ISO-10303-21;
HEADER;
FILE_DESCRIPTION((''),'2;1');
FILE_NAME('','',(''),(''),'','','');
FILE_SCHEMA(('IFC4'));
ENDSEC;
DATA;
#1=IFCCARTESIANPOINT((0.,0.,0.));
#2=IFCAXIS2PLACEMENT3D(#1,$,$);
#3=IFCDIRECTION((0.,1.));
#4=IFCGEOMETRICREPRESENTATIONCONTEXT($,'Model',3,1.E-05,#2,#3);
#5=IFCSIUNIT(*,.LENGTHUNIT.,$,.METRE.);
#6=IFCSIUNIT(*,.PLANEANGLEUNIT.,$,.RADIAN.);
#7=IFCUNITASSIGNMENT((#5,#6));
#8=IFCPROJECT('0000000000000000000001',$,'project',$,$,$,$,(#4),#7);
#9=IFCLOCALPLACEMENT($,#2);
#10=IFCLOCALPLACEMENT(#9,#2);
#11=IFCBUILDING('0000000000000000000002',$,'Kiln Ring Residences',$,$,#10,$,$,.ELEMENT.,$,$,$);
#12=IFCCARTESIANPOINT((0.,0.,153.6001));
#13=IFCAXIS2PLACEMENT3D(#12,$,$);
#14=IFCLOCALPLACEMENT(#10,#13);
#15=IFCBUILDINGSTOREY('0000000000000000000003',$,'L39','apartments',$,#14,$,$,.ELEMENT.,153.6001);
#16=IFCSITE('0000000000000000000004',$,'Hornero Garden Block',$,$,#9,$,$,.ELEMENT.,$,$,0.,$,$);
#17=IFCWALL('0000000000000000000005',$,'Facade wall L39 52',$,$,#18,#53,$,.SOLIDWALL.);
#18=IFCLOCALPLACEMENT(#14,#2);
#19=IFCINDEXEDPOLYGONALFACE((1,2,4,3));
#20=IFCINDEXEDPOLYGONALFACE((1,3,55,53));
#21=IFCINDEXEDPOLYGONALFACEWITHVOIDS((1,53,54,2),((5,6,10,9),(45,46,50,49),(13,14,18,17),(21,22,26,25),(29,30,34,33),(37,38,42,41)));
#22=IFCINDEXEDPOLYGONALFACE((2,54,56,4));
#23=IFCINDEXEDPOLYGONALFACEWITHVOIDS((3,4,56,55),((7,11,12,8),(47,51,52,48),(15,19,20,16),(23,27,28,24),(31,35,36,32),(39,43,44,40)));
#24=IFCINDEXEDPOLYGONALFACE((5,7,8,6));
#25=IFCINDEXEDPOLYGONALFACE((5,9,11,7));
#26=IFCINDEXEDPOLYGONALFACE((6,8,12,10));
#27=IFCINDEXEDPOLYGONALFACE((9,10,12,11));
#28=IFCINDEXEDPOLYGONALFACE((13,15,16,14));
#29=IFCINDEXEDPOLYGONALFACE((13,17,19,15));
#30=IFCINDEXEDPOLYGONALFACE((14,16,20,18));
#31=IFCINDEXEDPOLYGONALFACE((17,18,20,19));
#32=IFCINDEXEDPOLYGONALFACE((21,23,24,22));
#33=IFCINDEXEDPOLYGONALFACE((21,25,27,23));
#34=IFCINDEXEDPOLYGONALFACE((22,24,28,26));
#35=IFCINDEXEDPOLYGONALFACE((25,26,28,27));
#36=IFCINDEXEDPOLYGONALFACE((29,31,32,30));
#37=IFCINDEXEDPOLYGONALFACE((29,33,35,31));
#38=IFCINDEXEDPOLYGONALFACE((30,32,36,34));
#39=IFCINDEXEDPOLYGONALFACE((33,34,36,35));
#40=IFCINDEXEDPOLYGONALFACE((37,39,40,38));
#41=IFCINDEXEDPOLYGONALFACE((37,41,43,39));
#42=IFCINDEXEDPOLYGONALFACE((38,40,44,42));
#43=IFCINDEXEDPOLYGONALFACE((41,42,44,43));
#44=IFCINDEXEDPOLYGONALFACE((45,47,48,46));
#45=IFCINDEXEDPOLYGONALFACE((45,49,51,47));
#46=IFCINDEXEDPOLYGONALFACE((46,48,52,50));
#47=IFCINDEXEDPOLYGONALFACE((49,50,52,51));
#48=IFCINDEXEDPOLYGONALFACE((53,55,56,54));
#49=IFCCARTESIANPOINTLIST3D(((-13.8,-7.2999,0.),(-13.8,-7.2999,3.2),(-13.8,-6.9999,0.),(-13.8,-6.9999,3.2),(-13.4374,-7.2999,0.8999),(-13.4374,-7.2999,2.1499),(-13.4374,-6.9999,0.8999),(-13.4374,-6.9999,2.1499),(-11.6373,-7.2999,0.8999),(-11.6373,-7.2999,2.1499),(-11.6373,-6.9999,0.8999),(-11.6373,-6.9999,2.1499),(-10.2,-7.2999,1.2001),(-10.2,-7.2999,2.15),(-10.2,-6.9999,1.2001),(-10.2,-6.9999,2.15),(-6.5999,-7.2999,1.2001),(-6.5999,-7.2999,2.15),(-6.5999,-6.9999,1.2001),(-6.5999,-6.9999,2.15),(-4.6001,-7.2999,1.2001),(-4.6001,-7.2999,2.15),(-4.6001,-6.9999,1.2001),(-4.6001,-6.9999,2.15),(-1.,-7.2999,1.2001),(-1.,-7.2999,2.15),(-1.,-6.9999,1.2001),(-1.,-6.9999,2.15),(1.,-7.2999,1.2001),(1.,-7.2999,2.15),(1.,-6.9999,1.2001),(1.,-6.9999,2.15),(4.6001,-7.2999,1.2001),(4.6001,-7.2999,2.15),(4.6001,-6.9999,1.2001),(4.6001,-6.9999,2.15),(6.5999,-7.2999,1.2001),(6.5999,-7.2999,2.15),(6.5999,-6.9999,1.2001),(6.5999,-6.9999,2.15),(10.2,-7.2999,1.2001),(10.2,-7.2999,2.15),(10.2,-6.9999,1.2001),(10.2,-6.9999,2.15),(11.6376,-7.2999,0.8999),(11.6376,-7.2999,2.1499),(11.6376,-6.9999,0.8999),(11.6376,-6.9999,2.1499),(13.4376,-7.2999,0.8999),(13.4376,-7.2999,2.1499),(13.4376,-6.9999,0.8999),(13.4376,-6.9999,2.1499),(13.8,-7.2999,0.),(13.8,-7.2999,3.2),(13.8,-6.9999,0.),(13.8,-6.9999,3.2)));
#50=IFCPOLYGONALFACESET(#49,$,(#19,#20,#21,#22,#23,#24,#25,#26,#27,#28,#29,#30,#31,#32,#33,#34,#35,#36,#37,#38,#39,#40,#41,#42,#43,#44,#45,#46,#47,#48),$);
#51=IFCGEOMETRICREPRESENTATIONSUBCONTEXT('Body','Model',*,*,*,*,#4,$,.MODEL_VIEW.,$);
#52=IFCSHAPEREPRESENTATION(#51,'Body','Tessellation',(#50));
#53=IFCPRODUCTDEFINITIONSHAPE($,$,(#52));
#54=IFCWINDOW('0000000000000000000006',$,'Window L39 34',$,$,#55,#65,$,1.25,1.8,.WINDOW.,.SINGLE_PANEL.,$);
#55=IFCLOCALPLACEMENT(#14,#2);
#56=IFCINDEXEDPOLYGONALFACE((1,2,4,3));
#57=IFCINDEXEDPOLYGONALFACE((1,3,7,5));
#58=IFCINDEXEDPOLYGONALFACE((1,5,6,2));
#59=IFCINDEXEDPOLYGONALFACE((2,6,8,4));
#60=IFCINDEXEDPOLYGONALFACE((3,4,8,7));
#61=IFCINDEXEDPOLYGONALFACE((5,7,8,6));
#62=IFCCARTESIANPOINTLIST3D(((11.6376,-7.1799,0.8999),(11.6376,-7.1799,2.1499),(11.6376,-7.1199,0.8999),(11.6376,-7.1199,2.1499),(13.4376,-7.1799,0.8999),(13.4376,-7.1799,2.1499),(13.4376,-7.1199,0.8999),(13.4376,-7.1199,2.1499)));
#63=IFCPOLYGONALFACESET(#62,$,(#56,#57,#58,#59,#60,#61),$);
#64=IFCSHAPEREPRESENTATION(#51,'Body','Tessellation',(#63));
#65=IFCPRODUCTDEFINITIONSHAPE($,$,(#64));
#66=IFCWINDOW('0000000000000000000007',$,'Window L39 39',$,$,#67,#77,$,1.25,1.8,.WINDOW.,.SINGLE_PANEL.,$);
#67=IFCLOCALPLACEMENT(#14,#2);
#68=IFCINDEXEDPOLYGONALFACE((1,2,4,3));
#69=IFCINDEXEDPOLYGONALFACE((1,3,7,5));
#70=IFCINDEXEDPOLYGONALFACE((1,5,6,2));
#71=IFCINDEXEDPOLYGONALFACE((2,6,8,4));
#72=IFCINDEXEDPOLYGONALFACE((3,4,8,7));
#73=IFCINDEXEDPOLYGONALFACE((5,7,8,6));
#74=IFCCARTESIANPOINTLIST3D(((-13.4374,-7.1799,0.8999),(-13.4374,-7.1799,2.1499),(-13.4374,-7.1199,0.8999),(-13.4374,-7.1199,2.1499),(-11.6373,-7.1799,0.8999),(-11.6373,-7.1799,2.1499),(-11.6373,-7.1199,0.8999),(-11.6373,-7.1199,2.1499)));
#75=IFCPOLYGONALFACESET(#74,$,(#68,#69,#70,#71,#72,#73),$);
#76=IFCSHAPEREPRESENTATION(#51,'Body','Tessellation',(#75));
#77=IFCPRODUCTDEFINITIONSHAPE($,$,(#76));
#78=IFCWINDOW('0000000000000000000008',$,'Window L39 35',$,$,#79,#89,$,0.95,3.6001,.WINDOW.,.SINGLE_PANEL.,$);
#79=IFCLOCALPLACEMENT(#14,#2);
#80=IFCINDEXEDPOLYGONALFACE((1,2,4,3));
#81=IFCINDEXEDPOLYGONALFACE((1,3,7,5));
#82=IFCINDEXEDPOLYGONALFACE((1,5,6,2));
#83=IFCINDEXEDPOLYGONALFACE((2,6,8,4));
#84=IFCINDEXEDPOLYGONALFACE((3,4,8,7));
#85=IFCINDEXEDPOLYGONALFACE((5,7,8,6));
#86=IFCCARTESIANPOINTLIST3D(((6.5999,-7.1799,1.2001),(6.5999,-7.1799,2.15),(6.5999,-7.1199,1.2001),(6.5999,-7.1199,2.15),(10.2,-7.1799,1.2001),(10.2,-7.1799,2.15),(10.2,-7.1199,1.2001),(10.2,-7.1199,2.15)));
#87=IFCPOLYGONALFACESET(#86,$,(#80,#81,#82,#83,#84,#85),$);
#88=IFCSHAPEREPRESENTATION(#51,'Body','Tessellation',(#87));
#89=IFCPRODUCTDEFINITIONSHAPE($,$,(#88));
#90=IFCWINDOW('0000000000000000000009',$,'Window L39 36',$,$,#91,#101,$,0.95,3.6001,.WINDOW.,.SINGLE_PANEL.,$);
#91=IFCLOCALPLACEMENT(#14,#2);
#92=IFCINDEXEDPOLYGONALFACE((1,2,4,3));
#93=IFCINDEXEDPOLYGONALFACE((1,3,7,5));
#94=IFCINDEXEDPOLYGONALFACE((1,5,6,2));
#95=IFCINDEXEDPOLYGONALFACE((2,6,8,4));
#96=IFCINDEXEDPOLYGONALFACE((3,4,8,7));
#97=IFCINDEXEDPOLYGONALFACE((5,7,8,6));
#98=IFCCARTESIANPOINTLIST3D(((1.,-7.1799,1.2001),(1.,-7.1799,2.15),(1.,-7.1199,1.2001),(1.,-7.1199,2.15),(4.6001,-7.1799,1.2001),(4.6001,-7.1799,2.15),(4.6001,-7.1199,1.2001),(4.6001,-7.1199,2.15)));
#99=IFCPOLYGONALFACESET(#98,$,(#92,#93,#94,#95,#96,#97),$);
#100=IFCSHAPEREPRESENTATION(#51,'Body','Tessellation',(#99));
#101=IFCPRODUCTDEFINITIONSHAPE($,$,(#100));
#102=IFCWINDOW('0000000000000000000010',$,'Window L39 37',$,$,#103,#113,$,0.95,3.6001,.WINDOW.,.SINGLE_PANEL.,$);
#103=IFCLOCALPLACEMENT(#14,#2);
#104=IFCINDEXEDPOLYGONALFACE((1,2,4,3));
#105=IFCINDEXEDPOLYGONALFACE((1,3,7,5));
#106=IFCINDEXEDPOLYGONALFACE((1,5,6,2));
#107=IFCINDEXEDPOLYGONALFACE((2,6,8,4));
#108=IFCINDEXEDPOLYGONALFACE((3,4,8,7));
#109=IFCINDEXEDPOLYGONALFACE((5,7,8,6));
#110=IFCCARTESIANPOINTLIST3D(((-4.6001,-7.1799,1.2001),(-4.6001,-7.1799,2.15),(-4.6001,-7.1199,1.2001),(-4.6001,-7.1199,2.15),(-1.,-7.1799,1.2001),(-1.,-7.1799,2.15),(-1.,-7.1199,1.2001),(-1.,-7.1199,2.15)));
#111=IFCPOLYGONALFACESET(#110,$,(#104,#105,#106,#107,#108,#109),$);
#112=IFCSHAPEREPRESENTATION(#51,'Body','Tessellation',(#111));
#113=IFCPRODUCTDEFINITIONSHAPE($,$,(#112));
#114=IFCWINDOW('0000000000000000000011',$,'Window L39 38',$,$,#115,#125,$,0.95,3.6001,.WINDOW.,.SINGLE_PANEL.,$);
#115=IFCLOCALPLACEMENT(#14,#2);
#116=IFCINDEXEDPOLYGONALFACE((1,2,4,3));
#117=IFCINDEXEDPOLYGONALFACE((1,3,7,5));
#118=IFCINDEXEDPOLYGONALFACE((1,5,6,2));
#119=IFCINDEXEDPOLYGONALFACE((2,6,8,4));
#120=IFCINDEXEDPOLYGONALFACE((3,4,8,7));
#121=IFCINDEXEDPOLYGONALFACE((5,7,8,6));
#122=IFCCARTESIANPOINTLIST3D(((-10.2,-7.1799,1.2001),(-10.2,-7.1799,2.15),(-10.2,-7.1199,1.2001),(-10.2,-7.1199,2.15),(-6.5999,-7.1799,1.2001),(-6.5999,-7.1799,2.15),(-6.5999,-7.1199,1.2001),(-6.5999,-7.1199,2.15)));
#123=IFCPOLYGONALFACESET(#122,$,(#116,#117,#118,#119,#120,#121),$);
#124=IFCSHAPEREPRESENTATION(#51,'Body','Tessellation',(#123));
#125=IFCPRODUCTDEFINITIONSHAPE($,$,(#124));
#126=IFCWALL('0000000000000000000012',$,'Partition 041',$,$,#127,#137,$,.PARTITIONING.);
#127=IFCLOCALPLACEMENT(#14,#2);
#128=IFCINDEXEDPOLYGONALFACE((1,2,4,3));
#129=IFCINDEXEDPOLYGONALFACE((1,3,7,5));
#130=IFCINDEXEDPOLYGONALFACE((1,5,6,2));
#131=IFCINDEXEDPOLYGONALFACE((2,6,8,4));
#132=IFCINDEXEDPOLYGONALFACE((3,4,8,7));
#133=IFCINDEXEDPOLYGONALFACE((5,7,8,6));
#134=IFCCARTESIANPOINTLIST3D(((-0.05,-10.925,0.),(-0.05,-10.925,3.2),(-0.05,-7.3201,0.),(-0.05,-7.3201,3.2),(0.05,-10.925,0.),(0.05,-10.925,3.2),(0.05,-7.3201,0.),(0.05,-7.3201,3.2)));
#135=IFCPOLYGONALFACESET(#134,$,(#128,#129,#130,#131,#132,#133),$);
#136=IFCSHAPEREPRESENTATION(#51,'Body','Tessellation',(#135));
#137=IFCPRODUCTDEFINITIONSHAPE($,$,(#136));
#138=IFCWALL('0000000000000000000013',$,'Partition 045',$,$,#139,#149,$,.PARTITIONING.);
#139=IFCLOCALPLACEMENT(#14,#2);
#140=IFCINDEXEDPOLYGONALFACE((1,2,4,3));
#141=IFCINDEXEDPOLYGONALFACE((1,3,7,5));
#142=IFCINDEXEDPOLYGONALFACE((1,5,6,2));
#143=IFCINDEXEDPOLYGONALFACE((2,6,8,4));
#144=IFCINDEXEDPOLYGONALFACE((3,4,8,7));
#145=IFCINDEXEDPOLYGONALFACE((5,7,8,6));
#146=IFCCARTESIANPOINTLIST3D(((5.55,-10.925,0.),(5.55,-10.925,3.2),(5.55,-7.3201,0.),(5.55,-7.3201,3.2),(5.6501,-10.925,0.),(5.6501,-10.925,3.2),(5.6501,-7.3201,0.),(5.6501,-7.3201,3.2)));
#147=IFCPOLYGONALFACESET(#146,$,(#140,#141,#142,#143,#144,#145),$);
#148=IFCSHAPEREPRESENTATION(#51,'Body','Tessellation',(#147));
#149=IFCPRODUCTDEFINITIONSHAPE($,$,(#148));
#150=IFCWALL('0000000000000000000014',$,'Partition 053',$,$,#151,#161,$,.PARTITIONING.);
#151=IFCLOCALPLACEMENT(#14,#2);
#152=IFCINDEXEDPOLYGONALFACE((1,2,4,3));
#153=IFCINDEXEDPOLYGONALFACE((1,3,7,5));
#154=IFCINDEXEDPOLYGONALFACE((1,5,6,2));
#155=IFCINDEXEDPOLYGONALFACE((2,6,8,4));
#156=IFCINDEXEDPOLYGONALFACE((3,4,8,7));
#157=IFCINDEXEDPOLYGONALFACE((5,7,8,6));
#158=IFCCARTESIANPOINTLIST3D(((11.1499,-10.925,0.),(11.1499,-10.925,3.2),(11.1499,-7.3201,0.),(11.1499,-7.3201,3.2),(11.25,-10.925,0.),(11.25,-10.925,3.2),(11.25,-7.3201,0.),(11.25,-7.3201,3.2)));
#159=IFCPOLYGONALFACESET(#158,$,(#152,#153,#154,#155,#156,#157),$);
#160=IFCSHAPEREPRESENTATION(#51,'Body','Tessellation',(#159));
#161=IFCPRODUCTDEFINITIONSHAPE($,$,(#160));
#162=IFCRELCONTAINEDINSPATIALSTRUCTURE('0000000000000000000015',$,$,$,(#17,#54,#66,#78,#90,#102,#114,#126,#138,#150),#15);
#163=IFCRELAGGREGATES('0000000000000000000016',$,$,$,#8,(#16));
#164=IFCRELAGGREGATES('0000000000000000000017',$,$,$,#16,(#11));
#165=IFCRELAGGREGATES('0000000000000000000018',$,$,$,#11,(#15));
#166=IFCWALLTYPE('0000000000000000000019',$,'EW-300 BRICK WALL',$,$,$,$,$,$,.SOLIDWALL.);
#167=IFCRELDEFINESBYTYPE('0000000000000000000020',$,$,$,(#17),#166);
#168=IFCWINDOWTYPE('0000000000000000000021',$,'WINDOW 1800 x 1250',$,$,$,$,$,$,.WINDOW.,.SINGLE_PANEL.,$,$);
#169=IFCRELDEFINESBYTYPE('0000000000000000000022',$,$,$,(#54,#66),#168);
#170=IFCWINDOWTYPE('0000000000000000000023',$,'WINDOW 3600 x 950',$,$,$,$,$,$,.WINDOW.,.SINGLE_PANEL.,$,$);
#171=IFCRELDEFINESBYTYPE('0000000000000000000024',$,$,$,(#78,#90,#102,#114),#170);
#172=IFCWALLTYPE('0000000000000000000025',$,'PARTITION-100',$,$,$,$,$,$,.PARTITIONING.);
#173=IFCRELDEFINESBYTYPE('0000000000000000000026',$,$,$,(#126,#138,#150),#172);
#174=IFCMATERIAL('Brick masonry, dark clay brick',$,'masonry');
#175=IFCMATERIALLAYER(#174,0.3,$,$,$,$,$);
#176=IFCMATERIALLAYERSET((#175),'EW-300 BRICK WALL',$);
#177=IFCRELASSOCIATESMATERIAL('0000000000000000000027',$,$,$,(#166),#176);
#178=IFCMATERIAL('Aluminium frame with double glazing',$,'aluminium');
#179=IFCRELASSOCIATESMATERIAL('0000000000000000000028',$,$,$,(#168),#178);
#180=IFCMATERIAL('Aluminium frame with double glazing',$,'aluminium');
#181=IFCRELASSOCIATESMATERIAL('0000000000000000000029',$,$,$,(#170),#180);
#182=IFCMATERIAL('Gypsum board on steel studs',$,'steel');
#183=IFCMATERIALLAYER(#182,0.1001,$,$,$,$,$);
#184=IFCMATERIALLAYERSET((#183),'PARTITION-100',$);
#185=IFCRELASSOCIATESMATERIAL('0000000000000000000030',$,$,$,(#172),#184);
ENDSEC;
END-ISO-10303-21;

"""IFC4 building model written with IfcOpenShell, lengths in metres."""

from ifc_helpers import new_model, si_unit, direction, frame, frame_2d, origin, place, context, subcontext, project, spatial, rectangle, extrude, material, layer, layer_set, type_object, element, fill, save


model = new_model("IFC4")

# Units and contexts
model_context = context("Model", 3, precision=1e-05, world=origin(), true_north=direction((0.0, 1.0)))
body_context = subcontext(model_context, "Body", "Model", "MODEL_VIEW")
ifc_project = project(units=[si_unit("LENGTHUNIT", "METRE"), si_unit("PLANEANGLEUNIT", "RADIAN")], contexts=[model_context])

# Site, building, storey
site_placement = place(None, origin())
site = spatial("IfcSite", under=ifc_project, at=site_placement, Name="Hornero Garden Block", CompositionType="ELEMENT", RefElevation=0.0)
building_placement = place(site_placement, origin())
building = spatial("IfcBuilding", under=site, at=building_placement, Name="Kiln Ring Residences", CompositionType="ELEMENT")
storey_placement = place(building_placement, frame((0.0, 0.0, 153.6001)))
storey = spatial("IfcBuildingStorey", under=building, at=storey_placement, Name="L39", Description="apartments", CompositionType="ELEMENT", Elevation=153.6001)

# Wall, openings, windows
ifc_material_1 = material(Name="Brick masonry, dark clay brick", Category="masonry")
ifc_layer_1 = layer(ifc_material_1, 0.3)
ifc_layer_set_1 = layer_set([ifc_layer_1], Name="EW-300 BRICK WALL")
wall_type_1 = type_object("IfcWallType", Name="EW-300 BRICK WALL", PredefinedType="SOLIDWALL", material=ifc_layer_set_1)
wall_1_placement = place(storey_placement, frame((13.8, -7.1499, 0.0), z_axis=(0.0, 0.0, 1.0), x_axis=(-1.0, 0.0, 0.0)))
wall_1 = element("IfcWall", 1, at=wall_1_placement, inside=storey, type_object=wall_type_1, Name="Facade wall L39 52", PredefinedType="SOLIDWALL", context=body_context, shape_type="SweptSolid", body=[
    extrude(rectangle(XDim=27.6001, YDim=0.3, at=frame_2d((13.8, 0.0))), origin(), (0.0, 0.0, 1.0), 3.2),
])
opening_1_placement = place(wall_1_placement, frame((0.3625, 0.0, 0.8999)))
opening_1 = element("IfcOpeningElement", 2, at=opening_1_placement, cuts=wall_1, PredefinedType="OPENING", context=body_context, shape_type="SweptSolid", body=[
    extrude(rectangle(XDim=1.8, YDim=1.25, at=frame_2d((0.8999, 0.625))), frame((0.0, 0.1599, 0.0), z_axis=(0.0, -1.0, 0.0), x_axis=(1.0, 0.0, 0.0)), (0.0, 0.0, 1.0), 0.3201),
])
opening_2_placement = place(wall_1_placement, frame((3.6001, 0.0, 1.2)))
opening_2 = element("IfcOpeningElement", 3, at=opening_2_placement, cuts=wall_1, PredefinedType="OPENING", context=body_context, shape_type="SweptSolid", body=[
    extrude(rectangle(XDim=3.6001, YDim=0.95, at=frame_2d((1.8, 0.4751))), frame((0.0, 0.1599, 0.0), z_axis=(0.0, -1.0, 0.0), x_axis=(1.0, 0.0, 0.0)), (0.0, 0.0, 1.0), 0.3201),
])
opening_3_placement = place(wall_1_placement, frame((9.2, 0.0, 1.2)))
opening_3 = element("IfcOpeningElement", 4, at=opening_3_placement, cuts=wall_1, PredefinedType="OPENING", context=body_context, shape_type="SweptSolid", body=[
    extrude(rectangle(XDim=3.6001, YDim=0.95, at=frame_2d((1.8, 0.4751))), frame((0.0, 0.1599, 0.0), z_axis=(0.0, -1.0, 0.0), x_axis=(1.0, 0.0, 0.0)), (0.0, 0.0, 1.0), 0.3201),
])
opening_4_placement = place(wall_1_placement, frame((14.8, 0.0, 1.2)))
opening_4 = element("IfcOpeningElement", 5, at=opening_4_placement, cuts=wall_1, PredefinedType="OPENING", context=body_context, shape_type="SweptSolid", body=[
    extrude(rectangle(XDim=3.6001, YDim=0.95, at=frame_2d((1.8, 0.4751))), frame((0.0, 0.1599, 0.0), z_axis=(0.0, -1.0, 0.0), x_axis=(1.0, 0.0, 0.0)), (0.0, 0.0, 1.0), 0.3201),
])
opening_5_placement = place(wall_1_placement, frame((20.3999, 0.0, 1.2)))
opening_5 = element("IfcOpeningElement", 6, at=opening_5_placement, cuts=wall_1, PredefinedType="OPENING", context=body_context, shape_type="SweptSolid", body=[
    extrude(rectangle(XDim=3.6001, YDim=0.95, at=frame_2d((1.8, 0.4751))), frame((0.0, 0.1599, 0.0), z_axis=(0.0, -1.0, 0.0), x_axis=(1.0, 0.0, 0.0)), (0.0, 0.0, 1.0), 0.3201),
])
opening_6_placement = place(wall_1_placement, frame((25.4375, 0.0, 0.8999)))
opening_6 = element("IfcOpeningElement", 7, at=opening_6_placement, cuts=wall_1, PredefinedType="OPENING", context=body_context, shape_type="SweptSolid", body=[
    extrude(rectangle(XDim=1.8, YDim=1.25, at=frame_2d((0.8999, 0.625))), frame((0.0, 0.1599, 0.0), z_axis=(0.0, -1.0, 0.0), x_axis=(1.0, 0.0, 0.0)), (0.0, 0.0, 1.0), 0.3201),
])
ifc_material_2 = material(Name="Aluminium frame with double glazing", Category="aluminium")
window_type_1 = type_object("IfcWindowType", Name="WINDOW 1800 x 1250", PartitioningType="SINGLE_PANEL", PredefinedType="WINDOW", material=ifc_material_2)
window_1_placement = place(opening_1_placement, origin())
window_1 = element("IfcWindow", 8, at=window_1_placement, inside=storey, type_object=window_type_1, Name="Window L39 34", OverallHeight=1.25, OverallWidth=1.8, PartitioningType="SINGLE_PANEL", PredefinedType="WINDOW", context=body_context, shape_type="SweptSolid", body=[
    extrude(rectangle(XDim=1.8, YDim=1.25, at=frame_2d((0.8999, 0.625))), frame((0.0, 0.03, 0.0), z_axis=(0.0, -1.0, 0.0), x_axis=(1.0, 0.0, 0.0)), (0.0, 0.0, 1.0), 0.0601),
])
fill(opening_1, window_1)
window_2_placement = place(opening_6_placement, origin())
window_2 = element("IfcWindow", 9, at=window_2_placement, inside=storey, type_object=window_type_1, Name="Window L39 39", OverallHeight=1.25, OverallWidth=1.8, PartitioningType="SINGLE_PANEL", PredefinedType="WINDOW", context=body_context, shape_type="SweptSolid", body=[
    extrude(rectangle(XDim=1.8, YDim=1.25, at=frame_2d((0.8999, 0.625))), frame((0.0, 0.03, 0.0), z_axis=(0.0, -1.0, 0.0), x_axis=(1.0, 0.0, 0.0)), (0.0, 0.0, 1.0), 0.0601),
])
fill(opening_6, window_2)
ifc_material_3 = material(Name="Aluminium frame with double glazing", Category="aluminium")
window_type_2 = type_object("IfcWindowType", Name="WINDOW 3600 x 950", PartitioningType="SINGLE_PANEL", PredefinedType="WINDOW", material=ifc_material_3)
window_3_placement = place(opening_2_placement, origin())
window_3 = element("IfcWindow", 10, at=window_3_placement, inside=storey, type_object=window_type_2, Name="Window L39 35", OverallHeight=0.95, OverallWidth=3.6001, PartitioningType="SINGLE_PANEL", PredefinedType="WINDOW", context=body_context, shape_type="SweptSolid", body=[
    extrude(rectangle(XDim=3.6001, YDim=0.95, at=frame_2d((1.8, 0.4751))), frame((0.0, 0.03, 0.0), z_axis=(0.0, -1.0, 0.0), x_axis=(1.0, 0.0, 0.0)), (0.0, 0.0, 1.0), 0.0601),
])
fill(opening_2, window_3)
window_4_placement = place(opening_3_placement, origin())
window_4 = element("IfcWindow", 11, at=window_4_placement, inside=storey, type_object=window_type_2, Name="Window L39 36", OverallHeight=0.95, OverallWidth=3.6001, PartitioningType="SINGLE_PANEL", PredefinedType="WINDOW", context=body_context, shape_type="SweptSolid", body=[
    extrude(rectangle(XDim=3.6001, YDim=0.95, at=frame_2d((1.8, 0.4751))), frame((0.0, 0.03, 0.0), z_axis=(0.0, -1.0, 0.0), x_axis=(1.0, 0.0, 0.0)), (0.0, 0.0, 1.0), 0.0601),
])
fill(opening_3, window_4)
window_5_placement = place(opening_4_placement, origin())
window_5 = element("IfcWindow", 12, at=window_5_placement, inside=storey, type_object=window_type_2, Name="Window L39 37", OverallHeight=0.95, OverallWidth=3.6001, PartitioningType="SINGLE_PANEL", PredefinedType="WINDOW", context=body_context, shape_type="SweptSolid", body=[
    extrude(rectangle(XDim=3.6001, YDim=0.95, at=frame_2d((1.8, 0.4751))), frame((0.0, 0.03, 0.0), z_axis=(0.0, -1.0, 0.0), x_axis=(1.0, 0.0, 0.0)), (0.0, 0.0, 1.0), 0.0601),
])
fill(opening_4, window_5)
window_6_placement = place(opening_5_placement, origin())
window_6 = element("IfcWindow", 13, at=window_6_placement, inside=storey, type_object=window_type_2, Name="Window L39 38", OverallHeight=0.95, OverallWidth=3.6001, PartitioningType="SINGLE_PANEL", PredefinedType="WINDOW", context=body_context, shape_type="SweptSolid", body=[
    extrude(rectangle(XDim=3.6001, YDim=0.95, at=frame_2d((1.8, 0.4751))), frame((0.0, 0.03, 0.0), z_axis=(0.0, -1.0, 0.0), x_axis=(1.0, 0.0, 0.0)), (0.0, 0.0, 1.0), 0.0601),
])
fill(opening_5, window_6)

# Walls
ifc_material_4 = material(Name="Gypsum board on steel studs", Category="steel")
ifc_layer_2 = layer(ifc_material_4, 0.1001)
ifc_layer_set_2 = layer_set([ifc_layer_2], Name="PARTITION-100")
wall_type_2 = type_object("IfcWallType", Name="PARTITION-100", PredefinedType="PARTITIONING", material=ifc_layer_set_2)
for number, where, z_axis, x_axis, name in (
    (14, (0.0, -10.925, 0.0), (0.0, 0.0, 1.0), (0.0, 1.0, 0.0), "Partition 041"),
    (15, (5.6001, -10.925, 0.0), (0.0, 0.0, 1.0), (0.0, 1.0, 0.0), "Partition 045"),
    (16, (11.2, -10.925, 0.0), (0.0, 0.0, 1.0), (0.0, 1.0, 0.0), "Partition 053"),
):
    element("IfcWall", number, at=place(storey_placement, frame(where, z_axis=z_axis, x_axis=x_axis)), inside=storey, type_object=wall_type_2, Name=name, PredefinedType="PARTITIONING", context=body_context, shape_type="SweptSolid", body=[
        extrude(rectangle(XDim=3.605, YDim=0.1001, at=frame_2d((1.8025, 0.0))), origin(), (0.0, 0.0, 1.0), 3.2),
    ])

save(model, "model.ifc")
